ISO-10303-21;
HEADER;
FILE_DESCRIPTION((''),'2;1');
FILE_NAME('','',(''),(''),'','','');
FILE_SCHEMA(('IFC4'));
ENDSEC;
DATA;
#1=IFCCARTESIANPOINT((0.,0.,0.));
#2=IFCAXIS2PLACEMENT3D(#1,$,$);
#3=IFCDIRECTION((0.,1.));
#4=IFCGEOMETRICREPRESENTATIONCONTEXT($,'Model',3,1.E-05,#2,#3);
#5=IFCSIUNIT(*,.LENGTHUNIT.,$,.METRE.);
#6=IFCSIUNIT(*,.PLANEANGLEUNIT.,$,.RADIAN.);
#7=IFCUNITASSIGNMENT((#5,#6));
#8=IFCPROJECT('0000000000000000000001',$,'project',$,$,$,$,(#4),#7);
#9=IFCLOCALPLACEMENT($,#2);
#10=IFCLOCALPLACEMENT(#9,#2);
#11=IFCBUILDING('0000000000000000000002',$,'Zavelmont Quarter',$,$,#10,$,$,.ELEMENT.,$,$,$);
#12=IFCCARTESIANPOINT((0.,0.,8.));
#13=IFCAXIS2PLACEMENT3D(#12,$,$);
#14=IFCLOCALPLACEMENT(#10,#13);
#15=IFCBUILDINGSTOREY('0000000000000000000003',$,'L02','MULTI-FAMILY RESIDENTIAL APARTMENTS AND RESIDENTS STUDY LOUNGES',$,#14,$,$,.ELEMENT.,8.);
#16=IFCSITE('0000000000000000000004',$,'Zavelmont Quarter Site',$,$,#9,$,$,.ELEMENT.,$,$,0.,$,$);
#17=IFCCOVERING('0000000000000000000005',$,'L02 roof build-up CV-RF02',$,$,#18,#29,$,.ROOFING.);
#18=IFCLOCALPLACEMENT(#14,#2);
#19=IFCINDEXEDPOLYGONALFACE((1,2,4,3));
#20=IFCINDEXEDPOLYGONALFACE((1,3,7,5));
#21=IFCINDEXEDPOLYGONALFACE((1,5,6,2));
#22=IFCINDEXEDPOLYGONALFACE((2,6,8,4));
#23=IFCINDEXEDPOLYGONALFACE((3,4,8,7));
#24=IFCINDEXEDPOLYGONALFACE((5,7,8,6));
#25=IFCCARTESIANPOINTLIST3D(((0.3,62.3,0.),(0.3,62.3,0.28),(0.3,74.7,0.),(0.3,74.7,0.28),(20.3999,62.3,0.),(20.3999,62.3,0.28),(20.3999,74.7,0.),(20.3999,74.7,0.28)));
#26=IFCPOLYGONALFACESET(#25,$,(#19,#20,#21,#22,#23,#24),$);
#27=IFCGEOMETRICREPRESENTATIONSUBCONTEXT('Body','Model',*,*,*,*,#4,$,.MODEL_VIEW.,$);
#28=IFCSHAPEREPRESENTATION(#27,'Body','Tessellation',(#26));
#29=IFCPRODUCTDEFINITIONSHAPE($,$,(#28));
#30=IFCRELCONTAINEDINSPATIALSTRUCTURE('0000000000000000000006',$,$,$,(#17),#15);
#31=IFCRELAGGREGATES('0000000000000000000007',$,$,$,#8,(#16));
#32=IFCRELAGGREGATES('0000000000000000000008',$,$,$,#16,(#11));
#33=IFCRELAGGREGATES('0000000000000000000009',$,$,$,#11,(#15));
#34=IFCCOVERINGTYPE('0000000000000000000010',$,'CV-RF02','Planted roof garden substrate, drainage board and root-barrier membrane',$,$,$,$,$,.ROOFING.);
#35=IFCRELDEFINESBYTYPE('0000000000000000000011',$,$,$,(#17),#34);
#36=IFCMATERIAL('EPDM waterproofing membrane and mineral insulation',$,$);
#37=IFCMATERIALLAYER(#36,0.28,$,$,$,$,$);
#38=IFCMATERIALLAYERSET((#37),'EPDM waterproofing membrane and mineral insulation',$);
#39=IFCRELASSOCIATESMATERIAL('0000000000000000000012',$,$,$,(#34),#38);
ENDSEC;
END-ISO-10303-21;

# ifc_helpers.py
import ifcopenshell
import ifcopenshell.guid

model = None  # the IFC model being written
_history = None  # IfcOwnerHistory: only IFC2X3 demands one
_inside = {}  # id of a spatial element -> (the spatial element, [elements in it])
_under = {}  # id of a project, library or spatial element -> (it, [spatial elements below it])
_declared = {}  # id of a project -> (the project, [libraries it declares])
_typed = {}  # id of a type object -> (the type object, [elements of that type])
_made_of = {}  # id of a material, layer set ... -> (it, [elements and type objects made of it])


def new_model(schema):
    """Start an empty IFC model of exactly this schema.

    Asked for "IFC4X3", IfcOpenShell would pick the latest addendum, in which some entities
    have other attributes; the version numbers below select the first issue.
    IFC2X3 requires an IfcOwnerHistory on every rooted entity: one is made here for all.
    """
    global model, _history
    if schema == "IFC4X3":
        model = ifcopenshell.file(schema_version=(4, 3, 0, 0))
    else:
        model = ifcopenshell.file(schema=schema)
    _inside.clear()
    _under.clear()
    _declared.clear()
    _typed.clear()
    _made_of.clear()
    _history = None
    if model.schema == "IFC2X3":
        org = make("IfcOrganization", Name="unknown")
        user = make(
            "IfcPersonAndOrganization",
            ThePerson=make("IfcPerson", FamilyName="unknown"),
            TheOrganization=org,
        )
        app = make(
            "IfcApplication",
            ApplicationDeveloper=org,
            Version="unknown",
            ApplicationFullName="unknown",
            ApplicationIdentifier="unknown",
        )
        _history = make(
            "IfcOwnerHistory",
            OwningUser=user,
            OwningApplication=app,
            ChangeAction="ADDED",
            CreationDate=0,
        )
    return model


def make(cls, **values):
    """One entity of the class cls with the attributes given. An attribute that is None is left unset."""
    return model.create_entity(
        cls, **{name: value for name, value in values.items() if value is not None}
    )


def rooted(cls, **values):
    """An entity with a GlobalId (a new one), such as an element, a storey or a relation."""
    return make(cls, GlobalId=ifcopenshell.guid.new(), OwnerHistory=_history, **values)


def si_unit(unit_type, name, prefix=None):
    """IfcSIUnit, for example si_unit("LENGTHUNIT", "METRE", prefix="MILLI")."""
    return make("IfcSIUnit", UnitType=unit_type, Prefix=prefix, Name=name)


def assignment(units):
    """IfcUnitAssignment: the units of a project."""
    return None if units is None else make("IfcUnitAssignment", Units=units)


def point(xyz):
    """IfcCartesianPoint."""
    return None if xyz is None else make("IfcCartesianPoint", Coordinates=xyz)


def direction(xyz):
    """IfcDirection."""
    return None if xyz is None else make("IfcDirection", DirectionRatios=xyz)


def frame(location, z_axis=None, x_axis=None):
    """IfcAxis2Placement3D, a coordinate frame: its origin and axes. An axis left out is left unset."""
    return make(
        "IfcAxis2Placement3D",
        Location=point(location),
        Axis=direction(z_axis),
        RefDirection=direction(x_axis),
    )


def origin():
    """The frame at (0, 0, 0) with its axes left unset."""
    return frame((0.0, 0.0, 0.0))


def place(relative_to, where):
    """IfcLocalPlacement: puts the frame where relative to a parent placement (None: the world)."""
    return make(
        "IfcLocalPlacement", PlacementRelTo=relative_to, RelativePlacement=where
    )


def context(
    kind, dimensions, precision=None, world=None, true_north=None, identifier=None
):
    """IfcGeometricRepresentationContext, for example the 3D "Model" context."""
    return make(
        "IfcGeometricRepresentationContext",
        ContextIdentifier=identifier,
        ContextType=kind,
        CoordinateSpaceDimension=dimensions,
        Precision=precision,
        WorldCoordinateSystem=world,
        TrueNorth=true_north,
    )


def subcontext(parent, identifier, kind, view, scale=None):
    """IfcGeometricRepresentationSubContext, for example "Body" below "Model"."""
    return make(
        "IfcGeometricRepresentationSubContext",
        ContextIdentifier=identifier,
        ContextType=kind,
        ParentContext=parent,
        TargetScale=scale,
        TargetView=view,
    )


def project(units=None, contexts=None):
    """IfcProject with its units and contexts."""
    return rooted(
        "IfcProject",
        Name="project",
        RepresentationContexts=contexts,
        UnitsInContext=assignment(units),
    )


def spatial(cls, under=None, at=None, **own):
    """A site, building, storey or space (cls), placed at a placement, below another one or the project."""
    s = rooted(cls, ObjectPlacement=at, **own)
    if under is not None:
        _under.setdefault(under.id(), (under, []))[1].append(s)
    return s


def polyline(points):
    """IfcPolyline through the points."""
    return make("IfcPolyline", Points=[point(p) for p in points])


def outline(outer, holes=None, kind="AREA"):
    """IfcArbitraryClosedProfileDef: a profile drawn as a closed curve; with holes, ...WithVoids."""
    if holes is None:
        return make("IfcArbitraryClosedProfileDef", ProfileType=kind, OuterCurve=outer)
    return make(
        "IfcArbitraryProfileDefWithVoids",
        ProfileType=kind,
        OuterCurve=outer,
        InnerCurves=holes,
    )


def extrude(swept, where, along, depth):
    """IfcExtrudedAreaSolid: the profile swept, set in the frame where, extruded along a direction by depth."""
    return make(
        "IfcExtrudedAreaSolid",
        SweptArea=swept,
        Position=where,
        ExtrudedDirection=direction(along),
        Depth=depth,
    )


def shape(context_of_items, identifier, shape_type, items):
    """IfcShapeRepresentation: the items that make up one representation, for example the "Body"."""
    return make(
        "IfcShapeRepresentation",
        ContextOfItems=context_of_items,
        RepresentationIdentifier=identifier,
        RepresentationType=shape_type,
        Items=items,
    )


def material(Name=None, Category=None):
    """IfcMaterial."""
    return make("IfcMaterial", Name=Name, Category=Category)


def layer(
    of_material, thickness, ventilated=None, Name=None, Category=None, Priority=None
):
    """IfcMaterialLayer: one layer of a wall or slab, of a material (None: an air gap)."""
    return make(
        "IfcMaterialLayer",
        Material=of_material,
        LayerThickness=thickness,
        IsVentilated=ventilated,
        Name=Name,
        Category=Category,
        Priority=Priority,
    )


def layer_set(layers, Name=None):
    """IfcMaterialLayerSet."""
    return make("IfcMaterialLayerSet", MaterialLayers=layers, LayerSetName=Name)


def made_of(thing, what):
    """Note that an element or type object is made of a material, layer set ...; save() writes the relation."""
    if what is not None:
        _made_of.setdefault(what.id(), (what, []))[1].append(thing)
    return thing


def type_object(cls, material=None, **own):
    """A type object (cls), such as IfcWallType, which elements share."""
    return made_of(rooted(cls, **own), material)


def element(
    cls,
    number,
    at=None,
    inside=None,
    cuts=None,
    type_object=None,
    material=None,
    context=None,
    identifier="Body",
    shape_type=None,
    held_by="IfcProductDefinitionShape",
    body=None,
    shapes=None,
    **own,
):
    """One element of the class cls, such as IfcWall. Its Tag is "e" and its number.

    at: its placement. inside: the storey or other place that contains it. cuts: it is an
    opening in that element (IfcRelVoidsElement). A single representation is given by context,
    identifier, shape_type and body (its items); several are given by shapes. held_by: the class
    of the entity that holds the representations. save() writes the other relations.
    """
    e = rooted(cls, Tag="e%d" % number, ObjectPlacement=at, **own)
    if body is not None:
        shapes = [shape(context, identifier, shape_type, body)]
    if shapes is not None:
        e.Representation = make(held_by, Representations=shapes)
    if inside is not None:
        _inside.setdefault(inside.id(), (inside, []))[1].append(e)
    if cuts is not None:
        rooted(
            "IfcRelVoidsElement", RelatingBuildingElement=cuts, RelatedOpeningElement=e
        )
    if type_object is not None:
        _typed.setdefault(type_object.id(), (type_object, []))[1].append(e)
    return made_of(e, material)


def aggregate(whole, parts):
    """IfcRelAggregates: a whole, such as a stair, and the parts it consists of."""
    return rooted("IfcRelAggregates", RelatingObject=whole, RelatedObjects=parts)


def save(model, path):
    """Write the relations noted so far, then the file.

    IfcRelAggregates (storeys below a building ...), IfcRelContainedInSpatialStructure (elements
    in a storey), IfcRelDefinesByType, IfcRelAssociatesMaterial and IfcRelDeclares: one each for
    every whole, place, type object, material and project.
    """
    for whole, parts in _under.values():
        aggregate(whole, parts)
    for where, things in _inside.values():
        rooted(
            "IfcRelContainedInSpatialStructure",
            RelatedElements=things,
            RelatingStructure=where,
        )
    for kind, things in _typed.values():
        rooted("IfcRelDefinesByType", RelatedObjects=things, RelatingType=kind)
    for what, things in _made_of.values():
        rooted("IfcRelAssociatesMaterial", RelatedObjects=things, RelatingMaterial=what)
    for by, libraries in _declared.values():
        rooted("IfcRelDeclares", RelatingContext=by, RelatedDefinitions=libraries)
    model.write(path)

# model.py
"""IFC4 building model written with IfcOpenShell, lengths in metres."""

from ifc_helpers import new_model, si_unit, direction, frame, origin, place, context, subcontext, project, spatial, polyline, outline, extrude, material, layer, layer_set, type_object, element, save


model = new_model("IFC4")

# Units and contexts
model_context = context("Model", 3, precision=1e-05, world=origin(), true_north=direction((0.0, 1.0)))
body_context = subcontext(model_context, "Body", "Model", "MODEL_VIEW")
ifc_project = project(units=[si_unit("LENGTHUNIT", "METRE"), si_unit("PLANEANGLEUNIT", "RADIAN")], contexts=[model_context])

# Site, building, storey
site_placement = place(None, origin())
site = spatial("IfcSite", under=ifc_project, at=site_placement, Name="Zavelmont Quarter Site", CompositionType="ELEMENT", RefElevation=0.0)
building_placement = place(site_placement, origin())
building = spatial("IfcBuilding", under=site, at=building_placement, Name="Zavelmont Quarter", CompositionType="ELEMENT")
storey_placement = place(building_placement, frame((0.0, 0.0, 8.0)))
storey = spatial("IfcBuildingStorey", under=building, at=storey_placement, Name="L02", Description="MULTI-FAMILY RESIDENTIAL APARTMENTS AND RESIDENTS STUDY LOUNGES", CompositionType="ELEMENT", Elevation=8.0)

# Covering
ifc_material_1 = material(Name="EPDM waterproofing membrane and mineral insulation")
ifc_layer_1 = layer(ifc_material_1, 0.28)
ifc_layer_set_1 = layer_set([ifc_layer_1], Name="EPDM waterproofing membrane and mineral insulation")
covering_type_1 = type_object("IfcCoveringType", Name="CV-RF02", Description="Planted roof garden substrate, drainage board and root-barrier membrane", PredefinedType="ROOFING", material=ifc_layer_set_1)
covering_1_placement = place(storey_placement, origin())
element("IfcCovering", 1, at=covering_1_placement, inside=storey, type_object=covering_type_1, Name="L02 roof build-up CV-RF02", PredefinedType="ROOFING", context=body_context, shape_type="SweptSolid", body=[
    extrude(outline(polyline([(0.3, 62.3), (20.3999, 62.3), (20.3999, 74.7), (0.3, 74.7), (0.3, 62.3)])), origin(), (0.0, 0.0, 1.0), 0.28),
])

save(model, "model.ifc")
